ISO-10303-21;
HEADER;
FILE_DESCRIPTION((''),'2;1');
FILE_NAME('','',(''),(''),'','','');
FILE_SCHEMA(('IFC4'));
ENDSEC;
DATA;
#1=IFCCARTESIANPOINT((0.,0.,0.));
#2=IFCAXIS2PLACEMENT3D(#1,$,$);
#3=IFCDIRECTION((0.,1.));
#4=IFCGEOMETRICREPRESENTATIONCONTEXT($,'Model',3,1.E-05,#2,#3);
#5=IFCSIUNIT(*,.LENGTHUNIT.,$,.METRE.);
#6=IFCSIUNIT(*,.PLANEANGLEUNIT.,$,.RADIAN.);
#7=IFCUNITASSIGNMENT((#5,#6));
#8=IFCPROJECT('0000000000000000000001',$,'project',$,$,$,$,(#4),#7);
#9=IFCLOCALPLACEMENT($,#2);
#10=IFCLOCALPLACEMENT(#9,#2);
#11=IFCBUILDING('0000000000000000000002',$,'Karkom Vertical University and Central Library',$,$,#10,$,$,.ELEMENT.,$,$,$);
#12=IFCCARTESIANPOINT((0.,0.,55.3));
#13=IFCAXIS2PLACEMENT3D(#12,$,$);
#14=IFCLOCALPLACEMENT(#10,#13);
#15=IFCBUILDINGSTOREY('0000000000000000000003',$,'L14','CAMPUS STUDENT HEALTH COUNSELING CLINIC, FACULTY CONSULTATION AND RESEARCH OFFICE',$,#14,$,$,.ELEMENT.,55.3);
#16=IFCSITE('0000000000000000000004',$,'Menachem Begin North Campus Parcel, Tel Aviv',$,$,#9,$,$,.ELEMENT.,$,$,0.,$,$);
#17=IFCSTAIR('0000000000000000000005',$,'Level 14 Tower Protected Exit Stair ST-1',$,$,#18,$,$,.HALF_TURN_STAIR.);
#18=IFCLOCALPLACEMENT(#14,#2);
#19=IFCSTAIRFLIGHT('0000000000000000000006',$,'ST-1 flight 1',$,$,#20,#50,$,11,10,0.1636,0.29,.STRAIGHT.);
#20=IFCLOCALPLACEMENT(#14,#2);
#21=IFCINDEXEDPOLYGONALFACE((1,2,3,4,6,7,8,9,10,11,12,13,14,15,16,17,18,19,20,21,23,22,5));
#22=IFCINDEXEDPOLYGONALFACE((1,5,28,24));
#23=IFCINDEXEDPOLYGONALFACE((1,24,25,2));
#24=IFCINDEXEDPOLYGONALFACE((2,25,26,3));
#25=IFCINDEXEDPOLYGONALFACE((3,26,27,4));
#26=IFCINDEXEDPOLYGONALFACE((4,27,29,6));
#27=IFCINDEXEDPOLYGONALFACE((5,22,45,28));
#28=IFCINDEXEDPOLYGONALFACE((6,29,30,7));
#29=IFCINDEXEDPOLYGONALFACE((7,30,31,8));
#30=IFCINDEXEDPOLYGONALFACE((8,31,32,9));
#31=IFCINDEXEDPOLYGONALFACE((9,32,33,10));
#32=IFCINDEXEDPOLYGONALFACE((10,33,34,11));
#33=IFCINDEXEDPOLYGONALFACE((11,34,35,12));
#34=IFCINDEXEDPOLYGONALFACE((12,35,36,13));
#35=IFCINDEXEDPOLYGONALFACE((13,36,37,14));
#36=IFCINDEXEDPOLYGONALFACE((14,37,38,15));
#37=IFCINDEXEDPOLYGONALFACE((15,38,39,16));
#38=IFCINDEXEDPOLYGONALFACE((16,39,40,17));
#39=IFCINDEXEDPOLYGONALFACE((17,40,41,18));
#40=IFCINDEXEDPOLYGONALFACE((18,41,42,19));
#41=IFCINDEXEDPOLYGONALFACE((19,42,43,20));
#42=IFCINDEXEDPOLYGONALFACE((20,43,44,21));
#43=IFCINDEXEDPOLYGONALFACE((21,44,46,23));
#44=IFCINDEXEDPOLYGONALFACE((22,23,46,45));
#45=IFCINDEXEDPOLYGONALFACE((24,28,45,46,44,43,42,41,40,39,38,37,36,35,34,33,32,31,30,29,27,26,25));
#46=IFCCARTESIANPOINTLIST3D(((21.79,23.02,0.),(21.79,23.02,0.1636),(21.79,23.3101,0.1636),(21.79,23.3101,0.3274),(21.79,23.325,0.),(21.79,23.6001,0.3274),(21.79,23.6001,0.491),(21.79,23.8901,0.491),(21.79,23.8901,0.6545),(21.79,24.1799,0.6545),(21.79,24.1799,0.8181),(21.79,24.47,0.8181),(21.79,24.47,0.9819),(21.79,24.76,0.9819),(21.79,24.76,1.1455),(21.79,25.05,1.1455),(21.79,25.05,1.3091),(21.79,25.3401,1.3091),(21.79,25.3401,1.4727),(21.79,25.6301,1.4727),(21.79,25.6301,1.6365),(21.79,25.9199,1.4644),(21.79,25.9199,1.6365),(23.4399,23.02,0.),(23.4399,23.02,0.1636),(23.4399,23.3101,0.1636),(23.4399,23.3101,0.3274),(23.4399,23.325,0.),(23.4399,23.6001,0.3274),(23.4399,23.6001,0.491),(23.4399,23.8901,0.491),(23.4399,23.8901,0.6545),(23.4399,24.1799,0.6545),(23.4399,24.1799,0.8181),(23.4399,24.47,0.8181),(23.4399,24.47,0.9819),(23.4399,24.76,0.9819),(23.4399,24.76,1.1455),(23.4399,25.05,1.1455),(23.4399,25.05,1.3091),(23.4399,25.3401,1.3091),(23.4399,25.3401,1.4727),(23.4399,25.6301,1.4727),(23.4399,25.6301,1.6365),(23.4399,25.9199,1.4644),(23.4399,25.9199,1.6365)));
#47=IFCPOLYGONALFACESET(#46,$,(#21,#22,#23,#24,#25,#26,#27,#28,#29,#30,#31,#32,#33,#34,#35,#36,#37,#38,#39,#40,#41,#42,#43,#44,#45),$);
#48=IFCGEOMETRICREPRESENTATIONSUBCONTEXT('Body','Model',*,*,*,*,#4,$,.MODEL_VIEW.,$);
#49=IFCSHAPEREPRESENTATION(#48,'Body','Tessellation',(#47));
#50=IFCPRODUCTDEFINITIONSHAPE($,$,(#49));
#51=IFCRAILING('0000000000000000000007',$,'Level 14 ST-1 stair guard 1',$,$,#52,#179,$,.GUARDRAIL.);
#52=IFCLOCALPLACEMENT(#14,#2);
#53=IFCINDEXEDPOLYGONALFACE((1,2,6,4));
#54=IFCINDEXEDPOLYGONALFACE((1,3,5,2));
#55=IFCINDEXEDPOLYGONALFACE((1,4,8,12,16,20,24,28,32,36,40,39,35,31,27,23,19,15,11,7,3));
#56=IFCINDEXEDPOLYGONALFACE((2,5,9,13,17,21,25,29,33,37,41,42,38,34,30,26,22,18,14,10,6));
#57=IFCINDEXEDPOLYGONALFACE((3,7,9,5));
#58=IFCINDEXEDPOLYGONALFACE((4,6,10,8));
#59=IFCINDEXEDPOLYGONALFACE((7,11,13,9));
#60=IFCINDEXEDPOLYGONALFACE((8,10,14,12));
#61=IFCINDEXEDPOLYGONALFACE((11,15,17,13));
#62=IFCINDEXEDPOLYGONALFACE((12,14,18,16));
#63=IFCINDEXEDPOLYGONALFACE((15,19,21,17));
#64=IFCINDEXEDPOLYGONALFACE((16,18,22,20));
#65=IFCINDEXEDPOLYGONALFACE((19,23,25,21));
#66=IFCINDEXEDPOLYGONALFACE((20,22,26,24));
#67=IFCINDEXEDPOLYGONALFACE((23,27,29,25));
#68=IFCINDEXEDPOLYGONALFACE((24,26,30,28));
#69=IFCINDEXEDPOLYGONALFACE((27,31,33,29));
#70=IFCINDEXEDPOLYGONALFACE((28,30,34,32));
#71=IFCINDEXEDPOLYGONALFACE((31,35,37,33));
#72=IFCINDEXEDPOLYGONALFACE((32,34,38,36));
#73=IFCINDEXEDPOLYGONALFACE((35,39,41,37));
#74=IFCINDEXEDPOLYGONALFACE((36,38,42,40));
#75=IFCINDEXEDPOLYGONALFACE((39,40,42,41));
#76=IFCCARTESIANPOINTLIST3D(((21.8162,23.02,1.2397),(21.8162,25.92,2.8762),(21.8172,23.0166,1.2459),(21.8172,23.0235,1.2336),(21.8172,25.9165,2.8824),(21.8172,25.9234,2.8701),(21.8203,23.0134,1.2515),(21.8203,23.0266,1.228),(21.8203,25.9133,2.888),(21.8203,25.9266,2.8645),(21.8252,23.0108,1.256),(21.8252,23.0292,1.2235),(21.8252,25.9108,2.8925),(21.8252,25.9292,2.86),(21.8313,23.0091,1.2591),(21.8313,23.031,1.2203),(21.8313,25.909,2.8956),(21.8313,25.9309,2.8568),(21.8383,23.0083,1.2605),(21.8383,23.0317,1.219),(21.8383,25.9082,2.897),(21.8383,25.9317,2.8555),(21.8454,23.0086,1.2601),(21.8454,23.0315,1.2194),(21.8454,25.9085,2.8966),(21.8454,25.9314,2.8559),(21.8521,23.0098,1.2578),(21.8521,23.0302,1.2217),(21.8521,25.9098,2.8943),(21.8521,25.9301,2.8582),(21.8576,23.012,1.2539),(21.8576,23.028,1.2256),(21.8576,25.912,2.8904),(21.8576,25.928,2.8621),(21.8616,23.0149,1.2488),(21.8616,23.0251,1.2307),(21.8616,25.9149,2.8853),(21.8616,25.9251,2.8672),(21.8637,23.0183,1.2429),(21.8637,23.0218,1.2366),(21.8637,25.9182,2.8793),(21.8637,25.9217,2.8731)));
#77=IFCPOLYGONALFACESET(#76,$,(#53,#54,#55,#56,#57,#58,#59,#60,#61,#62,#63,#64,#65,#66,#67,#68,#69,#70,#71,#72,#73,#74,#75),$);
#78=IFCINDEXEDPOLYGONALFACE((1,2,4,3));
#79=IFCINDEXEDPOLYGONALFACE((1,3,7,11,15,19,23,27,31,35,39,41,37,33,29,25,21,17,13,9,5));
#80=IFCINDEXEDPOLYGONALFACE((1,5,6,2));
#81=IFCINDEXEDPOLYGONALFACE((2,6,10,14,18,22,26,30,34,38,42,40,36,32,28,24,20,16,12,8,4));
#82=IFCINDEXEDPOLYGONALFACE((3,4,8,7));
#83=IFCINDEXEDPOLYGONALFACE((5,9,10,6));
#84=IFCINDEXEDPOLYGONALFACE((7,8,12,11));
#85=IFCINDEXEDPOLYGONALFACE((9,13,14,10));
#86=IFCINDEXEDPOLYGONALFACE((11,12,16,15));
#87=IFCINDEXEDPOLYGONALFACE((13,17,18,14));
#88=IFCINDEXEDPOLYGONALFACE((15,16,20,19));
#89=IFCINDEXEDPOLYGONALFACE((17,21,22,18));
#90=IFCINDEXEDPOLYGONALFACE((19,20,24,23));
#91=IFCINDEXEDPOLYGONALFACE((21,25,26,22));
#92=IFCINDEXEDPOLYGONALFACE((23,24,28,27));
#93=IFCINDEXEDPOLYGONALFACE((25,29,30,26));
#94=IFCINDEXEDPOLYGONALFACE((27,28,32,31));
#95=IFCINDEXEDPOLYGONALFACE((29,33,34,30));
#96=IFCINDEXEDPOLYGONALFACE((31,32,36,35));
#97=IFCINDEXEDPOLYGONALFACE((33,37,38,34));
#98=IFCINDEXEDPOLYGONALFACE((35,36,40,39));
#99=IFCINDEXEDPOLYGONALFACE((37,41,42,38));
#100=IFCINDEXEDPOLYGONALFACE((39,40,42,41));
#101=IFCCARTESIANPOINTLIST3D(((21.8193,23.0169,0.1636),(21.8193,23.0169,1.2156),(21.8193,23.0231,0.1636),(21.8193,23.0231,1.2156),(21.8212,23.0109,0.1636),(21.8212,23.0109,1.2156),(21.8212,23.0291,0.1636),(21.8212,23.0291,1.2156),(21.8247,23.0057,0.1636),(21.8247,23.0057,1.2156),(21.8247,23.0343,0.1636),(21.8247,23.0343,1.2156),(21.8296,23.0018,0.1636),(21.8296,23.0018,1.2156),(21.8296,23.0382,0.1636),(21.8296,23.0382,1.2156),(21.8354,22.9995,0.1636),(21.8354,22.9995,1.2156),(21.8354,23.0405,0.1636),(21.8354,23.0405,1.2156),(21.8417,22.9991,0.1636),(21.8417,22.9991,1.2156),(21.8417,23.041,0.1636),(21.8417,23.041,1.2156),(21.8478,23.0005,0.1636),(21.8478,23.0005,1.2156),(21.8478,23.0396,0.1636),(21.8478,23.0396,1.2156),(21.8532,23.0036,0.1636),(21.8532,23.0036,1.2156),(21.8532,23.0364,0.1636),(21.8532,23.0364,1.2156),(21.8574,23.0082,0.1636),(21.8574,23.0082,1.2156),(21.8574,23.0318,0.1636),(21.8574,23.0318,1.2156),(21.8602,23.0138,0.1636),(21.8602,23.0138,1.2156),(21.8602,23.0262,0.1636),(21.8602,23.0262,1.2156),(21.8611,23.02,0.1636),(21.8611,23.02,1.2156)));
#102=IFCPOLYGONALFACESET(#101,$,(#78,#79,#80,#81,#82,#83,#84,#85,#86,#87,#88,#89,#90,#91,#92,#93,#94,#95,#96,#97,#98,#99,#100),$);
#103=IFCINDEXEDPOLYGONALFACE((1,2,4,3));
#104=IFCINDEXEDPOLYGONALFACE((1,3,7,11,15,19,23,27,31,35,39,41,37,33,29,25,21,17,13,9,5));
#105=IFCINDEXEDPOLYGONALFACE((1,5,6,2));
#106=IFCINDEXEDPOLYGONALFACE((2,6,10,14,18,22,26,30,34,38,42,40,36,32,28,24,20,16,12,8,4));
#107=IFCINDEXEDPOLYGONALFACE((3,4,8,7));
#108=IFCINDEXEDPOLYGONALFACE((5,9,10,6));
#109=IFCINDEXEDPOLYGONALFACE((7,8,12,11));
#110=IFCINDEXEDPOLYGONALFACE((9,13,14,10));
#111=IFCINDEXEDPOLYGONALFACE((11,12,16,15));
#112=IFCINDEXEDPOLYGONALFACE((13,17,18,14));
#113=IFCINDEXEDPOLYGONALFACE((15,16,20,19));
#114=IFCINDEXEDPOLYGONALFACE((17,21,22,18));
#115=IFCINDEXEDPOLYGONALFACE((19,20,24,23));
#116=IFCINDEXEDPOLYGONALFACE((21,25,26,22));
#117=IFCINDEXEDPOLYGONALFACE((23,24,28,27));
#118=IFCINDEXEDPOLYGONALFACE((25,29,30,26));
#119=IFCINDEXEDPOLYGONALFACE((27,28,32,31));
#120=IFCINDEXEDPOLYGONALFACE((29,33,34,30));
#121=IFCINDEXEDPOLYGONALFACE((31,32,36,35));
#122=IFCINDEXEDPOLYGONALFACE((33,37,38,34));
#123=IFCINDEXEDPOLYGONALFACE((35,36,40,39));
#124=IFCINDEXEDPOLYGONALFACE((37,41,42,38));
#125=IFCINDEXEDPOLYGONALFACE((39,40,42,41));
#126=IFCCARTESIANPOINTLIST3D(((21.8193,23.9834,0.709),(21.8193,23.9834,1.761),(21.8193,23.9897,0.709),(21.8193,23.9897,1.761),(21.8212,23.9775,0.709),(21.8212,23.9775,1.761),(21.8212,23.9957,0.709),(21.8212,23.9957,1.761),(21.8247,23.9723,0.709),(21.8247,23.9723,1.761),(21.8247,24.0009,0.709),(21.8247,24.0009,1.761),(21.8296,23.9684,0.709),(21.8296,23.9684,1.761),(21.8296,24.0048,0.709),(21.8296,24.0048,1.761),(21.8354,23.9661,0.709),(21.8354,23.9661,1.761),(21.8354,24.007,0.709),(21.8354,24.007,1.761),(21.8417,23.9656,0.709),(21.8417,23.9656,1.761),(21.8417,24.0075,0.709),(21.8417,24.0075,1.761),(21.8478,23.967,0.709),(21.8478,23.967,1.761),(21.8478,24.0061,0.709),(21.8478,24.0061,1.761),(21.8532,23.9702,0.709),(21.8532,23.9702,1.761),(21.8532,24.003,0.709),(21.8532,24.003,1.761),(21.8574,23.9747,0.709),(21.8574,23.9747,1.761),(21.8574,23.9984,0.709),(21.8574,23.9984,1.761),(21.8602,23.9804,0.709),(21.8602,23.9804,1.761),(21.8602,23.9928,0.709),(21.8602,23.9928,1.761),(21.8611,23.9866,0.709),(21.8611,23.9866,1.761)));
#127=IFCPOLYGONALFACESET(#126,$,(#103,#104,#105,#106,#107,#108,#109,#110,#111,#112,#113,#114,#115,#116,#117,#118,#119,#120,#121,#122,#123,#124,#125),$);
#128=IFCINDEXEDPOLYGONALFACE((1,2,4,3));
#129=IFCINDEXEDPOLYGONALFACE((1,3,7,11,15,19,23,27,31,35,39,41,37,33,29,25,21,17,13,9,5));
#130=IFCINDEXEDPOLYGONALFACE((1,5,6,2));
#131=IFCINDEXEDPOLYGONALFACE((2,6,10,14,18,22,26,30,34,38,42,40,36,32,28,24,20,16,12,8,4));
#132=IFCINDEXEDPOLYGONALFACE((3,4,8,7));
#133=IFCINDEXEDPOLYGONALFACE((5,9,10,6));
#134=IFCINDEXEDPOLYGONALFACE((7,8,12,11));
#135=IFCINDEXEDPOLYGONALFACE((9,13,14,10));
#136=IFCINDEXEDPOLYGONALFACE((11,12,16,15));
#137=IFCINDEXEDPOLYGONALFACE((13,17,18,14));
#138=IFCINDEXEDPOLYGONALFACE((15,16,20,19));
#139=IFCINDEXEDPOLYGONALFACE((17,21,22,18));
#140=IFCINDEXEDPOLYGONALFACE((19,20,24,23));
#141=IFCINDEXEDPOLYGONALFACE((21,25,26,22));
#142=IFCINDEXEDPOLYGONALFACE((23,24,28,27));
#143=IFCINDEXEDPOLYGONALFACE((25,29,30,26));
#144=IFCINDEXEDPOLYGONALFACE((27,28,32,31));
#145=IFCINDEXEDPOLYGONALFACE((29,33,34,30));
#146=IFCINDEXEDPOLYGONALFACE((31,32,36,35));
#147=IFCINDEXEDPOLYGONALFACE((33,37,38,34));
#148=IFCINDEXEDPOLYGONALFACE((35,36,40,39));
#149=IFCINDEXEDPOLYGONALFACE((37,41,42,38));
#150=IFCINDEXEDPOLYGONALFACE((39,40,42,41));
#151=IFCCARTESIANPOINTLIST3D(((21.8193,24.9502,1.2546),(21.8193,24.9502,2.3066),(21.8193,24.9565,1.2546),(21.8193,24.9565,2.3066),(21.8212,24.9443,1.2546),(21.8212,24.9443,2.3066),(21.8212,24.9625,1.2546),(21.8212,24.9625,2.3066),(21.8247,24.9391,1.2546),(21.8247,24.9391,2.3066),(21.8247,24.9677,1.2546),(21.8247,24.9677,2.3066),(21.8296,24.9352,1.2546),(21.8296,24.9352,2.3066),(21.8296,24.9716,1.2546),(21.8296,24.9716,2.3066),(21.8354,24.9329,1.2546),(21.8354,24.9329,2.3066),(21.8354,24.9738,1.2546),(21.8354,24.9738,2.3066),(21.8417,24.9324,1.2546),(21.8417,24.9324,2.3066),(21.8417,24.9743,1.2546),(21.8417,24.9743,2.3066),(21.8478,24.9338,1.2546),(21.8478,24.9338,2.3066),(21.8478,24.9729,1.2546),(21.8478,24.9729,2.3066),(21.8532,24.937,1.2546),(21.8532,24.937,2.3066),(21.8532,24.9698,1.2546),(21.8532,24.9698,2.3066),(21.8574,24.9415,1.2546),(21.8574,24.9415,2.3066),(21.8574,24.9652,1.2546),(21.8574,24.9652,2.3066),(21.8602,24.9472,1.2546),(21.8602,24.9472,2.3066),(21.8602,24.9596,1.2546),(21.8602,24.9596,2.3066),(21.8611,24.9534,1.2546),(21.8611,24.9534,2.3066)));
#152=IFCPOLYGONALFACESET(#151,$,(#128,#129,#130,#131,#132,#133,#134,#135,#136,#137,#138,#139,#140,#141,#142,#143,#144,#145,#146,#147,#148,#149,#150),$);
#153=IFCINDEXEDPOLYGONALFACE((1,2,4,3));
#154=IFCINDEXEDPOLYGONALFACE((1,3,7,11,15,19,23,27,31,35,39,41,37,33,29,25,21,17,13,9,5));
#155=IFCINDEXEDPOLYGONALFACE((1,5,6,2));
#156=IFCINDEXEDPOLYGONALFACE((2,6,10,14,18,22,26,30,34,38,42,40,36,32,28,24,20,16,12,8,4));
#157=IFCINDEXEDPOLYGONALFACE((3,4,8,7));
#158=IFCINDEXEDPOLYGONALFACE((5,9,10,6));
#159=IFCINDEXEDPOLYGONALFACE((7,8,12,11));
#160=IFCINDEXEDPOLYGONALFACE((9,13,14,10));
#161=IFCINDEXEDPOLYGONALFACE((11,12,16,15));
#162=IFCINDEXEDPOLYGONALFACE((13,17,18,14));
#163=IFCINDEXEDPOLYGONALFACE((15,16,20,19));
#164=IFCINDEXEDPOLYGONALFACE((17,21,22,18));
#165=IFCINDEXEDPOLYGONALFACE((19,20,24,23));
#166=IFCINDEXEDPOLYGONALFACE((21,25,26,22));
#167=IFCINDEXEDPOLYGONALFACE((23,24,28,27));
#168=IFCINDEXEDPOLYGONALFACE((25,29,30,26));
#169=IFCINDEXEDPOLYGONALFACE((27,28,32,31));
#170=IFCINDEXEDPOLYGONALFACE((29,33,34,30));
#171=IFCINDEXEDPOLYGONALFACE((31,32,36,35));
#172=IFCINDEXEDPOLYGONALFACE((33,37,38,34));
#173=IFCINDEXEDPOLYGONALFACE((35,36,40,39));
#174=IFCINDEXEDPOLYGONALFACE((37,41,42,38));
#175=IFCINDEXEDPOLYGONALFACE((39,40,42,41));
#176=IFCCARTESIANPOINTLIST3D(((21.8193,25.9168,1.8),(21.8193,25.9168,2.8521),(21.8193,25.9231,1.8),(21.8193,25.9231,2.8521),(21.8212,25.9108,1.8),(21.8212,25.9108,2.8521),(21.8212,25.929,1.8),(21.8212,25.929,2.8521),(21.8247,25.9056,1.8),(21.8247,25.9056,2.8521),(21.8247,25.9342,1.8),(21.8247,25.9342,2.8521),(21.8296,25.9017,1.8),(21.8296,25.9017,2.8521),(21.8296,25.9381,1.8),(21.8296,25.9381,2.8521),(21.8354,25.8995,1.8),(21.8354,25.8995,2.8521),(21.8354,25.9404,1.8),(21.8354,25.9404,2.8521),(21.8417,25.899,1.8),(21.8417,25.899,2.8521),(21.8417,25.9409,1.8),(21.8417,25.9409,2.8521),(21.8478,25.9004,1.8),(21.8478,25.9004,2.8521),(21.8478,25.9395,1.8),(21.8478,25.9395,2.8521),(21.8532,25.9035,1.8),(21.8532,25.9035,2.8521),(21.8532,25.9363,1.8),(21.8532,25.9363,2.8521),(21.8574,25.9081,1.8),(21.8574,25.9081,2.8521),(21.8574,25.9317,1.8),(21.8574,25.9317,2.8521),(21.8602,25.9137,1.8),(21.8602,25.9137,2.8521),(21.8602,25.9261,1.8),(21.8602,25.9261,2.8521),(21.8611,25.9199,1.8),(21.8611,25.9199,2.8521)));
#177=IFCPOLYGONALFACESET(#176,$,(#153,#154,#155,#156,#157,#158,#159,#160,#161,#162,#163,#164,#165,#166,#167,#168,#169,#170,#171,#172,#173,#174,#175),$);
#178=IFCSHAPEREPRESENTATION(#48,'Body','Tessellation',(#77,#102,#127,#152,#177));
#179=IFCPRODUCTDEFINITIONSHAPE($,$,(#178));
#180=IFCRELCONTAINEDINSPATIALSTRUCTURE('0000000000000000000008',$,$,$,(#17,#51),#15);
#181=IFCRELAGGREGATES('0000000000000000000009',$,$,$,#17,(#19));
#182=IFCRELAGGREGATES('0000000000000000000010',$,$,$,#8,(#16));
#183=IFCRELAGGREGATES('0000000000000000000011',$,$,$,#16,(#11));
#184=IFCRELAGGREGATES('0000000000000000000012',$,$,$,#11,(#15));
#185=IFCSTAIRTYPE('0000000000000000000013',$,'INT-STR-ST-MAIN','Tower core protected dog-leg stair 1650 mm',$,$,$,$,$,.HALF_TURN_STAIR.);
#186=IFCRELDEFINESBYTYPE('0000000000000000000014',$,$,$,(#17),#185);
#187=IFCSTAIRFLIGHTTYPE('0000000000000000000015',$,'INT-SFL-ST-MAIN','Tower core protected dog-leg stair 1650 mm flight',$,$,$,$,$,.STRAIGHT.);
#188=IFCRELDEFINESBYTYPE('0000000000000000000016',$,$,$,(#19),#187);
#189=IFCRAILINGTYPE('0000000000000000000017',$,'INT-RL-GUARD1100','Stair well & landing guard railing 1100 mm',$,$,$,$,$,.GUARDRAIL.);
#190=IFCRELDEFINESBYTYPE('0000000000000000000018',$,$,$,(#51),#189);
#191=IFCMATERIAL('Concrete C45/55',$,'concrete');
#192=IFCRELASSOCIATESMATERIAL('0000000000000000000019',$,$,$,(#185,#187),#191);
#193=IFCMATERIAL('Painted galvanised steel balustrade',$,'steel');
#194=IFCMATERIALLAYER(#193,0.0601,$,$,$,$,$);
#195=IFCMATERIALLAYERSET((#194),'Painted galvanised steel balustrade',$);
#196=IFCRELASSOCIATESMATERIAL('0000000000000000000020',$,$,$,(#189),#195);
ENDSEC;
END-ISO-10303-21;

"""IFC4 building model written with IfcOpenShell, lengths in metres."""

from ifc_helpers import new_model, si_unit, direction, frame, origin, origin_2d, place, context, subcontext, project, spatial, polyline, circle, outline, extrude, material, layer, layer_set, type_object, element, aggregate, save


model = new_model("IFC4")

# Units and contexts
model_context = context("Model", 3, precision=1e-05, world=origin(), true_north=direction((0.0, 1.0)))
body_context = subcontext(model_context, "Body", "Model", "MODEL_VIEW")
ifc_project = project(units=[si_unit("LENGTHUNIT", "METRE"), si_unit("PLANEANGLEUNIT", "RADIAN")], contexts=[model_context])

# Site, building, storey
site_placement = place(None, origin())
site = spatial("IfcSite", under=ifc_project, at=site_placement, Name="Menachem Begin North Campus Parcel, Tel Aviv", CompositionType="ELEMENT", RefElevation=0.0)
building_placement = place(site_placement, origin())
building = spatial("IfcBuilding", under=site, at=building_placement, Name="Karkom Vertical University and Central Library", CompositionType="ELEMENT")
storey_placement = place(building_placement, frame((0.0, 0.0, 55.3)))
storey = spatial("IfcBuildingStorey", under=building, at=storey_placement, Name="L14", Description="CAMPUS STUDENT HEALTH COUNSELING CLINIC, FACULTY CONSULTATION AND RESEARCH OFFICE", CompositionType="ELEMENT", Elevation=55.3)

# Shared definitions
ifc_material_1 = material(Name="Concrete C45/55", Category="concrete")

# Stair, stair flight
stair_type = type_object("IfcStairType", Name="INT-STR-ST-MAIN", Description="Tower core protected dog-leg stair 1650 mm", PredefinedType="HALF_TURN_STAIR", material=ifc_material_1)
stair_placement = place(storey_placement, origin())
stair = element("IfcStair", 1, at=stair_placement, inside=storey, type_object=stair_type, Name="Level 14 Tower Protected Exit Stair ST-1", PredefinedType="HALF_TURN_STAIR")
stair_flight_type = type_object("IfcStairFlightType", Name="INT-SFL-ST-MAIN", Description="Tower core protected dog-leg stair 1650 mm flight", PredefinedType="STRAIGHT", material=ifc_material_1)
stair_flight_placement = place(storey_placement, frame((22.615, 23.02, 0.0), z_axis=(0.0, 0.0, 1.0), x_axis=(0.0, 1.0, 0.0)))
stair_flight = element("IfcStairFlight", 2, at=stair_flight_placement, type_object=stair_flight_type, Name="ST-1 flight 1", NumberOfRisers=11, NumberOfTreads=10, PredefinedType="STRAIGHT", RiserHeight=0.1636, TreadLength=0.29, context=body_context, shape_type="SweptSolid", body=[
    extrude(outline(polyline([(0.0, 0.0), (0.0, 0.1636), (0.29, 0.1636), (0.29, 0.3274), (0.5801, 0.3274), (0.5801, 0.491), (0.8701, 0.491), (0.8701, 0.6545), (1.1599, 0.6545), (1.1599, 0.8181), (1.45, 0.8181), (1.45, 0.9819), (1.74, 0.9819), (1.74, 1.1455), (2.03, 1.1455), (2.03, 1.3091), (2.3201, 1.3091), (2.3201, 1.4727), (2.6101, 1.4727), (2.6101, 1.6365), (2.8999, 1.6365), (2.8999, 1.8), (2.8999, 1.4644), (0.3049, 0.0), (0.0, 0.0)])), frame((0.0, 0.825, 0.0), z_axis=(0.0, -1.0, 0.0), x_axis=(1.0, 0.0, 0.0)), (0.0, 0.0, 1.0), 1.6499),
])
aggregate(stair, [stair_flight])

# Railing
ifc_material_2 = material(Name="Painted galvanised steel balustrade", Category="steel")
ifc_layer_1 = layer(ifc_material_2, 0.0601)
ifc_layer_set_1 = layer_set([ifc_layer_1], Name="Painted galvanised steel balustrade")
railing_type_1 = type_object("IfcRailingType", Name="INT-RL-GUARD1100", Description="Stair well & landing guard railing 1100 mm", PredefinedType="GUARDRAIL", material=ifc_layer_set_1)
railing_1_placement = place(storey_placement, frame((21.8401, 23.02, 0.1636)))
element("IfcRailing", 3, at=railing_1_placement, inside=storey, type_object=railing_type_1, Name="Level 14 ST-1 stair guard 1", PredefinedType="GUARDRAIL", context=body_context, shape_type="SweptSolid", body=[
    extrude(circle(Radius=0.0239, at=origin_2d()), frame((0.0, 0.0, 1.0762), z_axis=(0.0, 0.870897, 0.491465), x_axis=(-1.0, 0.0, 0.0)), (0.0, 0.0, 1.0), 3.3298),
    extrude(circle(Radius=0.021, at=origin_2d()), origin(), (0.0, 0.0, 1.0), 1.052),
    extrude(circle(Radius=0.021, at=origin_2d()), frame((0.0, 0.9666, 0.5454)), (0.0, 0.0, 1.0), 1.052),
    extrude(circle(Radius=0.021, at=origin_2d()), frame((0.0, 1.9333, 1.0911)), (0.0, 0.0, 1.0), 1.052),
    extrude(circle(Radius=0.021, at=origin_2d()), frame((0.0, 2.8999, 1.6365)), (0.0, 0.0, 1.0), 1.052),
])

save(model, "model.ifc")
